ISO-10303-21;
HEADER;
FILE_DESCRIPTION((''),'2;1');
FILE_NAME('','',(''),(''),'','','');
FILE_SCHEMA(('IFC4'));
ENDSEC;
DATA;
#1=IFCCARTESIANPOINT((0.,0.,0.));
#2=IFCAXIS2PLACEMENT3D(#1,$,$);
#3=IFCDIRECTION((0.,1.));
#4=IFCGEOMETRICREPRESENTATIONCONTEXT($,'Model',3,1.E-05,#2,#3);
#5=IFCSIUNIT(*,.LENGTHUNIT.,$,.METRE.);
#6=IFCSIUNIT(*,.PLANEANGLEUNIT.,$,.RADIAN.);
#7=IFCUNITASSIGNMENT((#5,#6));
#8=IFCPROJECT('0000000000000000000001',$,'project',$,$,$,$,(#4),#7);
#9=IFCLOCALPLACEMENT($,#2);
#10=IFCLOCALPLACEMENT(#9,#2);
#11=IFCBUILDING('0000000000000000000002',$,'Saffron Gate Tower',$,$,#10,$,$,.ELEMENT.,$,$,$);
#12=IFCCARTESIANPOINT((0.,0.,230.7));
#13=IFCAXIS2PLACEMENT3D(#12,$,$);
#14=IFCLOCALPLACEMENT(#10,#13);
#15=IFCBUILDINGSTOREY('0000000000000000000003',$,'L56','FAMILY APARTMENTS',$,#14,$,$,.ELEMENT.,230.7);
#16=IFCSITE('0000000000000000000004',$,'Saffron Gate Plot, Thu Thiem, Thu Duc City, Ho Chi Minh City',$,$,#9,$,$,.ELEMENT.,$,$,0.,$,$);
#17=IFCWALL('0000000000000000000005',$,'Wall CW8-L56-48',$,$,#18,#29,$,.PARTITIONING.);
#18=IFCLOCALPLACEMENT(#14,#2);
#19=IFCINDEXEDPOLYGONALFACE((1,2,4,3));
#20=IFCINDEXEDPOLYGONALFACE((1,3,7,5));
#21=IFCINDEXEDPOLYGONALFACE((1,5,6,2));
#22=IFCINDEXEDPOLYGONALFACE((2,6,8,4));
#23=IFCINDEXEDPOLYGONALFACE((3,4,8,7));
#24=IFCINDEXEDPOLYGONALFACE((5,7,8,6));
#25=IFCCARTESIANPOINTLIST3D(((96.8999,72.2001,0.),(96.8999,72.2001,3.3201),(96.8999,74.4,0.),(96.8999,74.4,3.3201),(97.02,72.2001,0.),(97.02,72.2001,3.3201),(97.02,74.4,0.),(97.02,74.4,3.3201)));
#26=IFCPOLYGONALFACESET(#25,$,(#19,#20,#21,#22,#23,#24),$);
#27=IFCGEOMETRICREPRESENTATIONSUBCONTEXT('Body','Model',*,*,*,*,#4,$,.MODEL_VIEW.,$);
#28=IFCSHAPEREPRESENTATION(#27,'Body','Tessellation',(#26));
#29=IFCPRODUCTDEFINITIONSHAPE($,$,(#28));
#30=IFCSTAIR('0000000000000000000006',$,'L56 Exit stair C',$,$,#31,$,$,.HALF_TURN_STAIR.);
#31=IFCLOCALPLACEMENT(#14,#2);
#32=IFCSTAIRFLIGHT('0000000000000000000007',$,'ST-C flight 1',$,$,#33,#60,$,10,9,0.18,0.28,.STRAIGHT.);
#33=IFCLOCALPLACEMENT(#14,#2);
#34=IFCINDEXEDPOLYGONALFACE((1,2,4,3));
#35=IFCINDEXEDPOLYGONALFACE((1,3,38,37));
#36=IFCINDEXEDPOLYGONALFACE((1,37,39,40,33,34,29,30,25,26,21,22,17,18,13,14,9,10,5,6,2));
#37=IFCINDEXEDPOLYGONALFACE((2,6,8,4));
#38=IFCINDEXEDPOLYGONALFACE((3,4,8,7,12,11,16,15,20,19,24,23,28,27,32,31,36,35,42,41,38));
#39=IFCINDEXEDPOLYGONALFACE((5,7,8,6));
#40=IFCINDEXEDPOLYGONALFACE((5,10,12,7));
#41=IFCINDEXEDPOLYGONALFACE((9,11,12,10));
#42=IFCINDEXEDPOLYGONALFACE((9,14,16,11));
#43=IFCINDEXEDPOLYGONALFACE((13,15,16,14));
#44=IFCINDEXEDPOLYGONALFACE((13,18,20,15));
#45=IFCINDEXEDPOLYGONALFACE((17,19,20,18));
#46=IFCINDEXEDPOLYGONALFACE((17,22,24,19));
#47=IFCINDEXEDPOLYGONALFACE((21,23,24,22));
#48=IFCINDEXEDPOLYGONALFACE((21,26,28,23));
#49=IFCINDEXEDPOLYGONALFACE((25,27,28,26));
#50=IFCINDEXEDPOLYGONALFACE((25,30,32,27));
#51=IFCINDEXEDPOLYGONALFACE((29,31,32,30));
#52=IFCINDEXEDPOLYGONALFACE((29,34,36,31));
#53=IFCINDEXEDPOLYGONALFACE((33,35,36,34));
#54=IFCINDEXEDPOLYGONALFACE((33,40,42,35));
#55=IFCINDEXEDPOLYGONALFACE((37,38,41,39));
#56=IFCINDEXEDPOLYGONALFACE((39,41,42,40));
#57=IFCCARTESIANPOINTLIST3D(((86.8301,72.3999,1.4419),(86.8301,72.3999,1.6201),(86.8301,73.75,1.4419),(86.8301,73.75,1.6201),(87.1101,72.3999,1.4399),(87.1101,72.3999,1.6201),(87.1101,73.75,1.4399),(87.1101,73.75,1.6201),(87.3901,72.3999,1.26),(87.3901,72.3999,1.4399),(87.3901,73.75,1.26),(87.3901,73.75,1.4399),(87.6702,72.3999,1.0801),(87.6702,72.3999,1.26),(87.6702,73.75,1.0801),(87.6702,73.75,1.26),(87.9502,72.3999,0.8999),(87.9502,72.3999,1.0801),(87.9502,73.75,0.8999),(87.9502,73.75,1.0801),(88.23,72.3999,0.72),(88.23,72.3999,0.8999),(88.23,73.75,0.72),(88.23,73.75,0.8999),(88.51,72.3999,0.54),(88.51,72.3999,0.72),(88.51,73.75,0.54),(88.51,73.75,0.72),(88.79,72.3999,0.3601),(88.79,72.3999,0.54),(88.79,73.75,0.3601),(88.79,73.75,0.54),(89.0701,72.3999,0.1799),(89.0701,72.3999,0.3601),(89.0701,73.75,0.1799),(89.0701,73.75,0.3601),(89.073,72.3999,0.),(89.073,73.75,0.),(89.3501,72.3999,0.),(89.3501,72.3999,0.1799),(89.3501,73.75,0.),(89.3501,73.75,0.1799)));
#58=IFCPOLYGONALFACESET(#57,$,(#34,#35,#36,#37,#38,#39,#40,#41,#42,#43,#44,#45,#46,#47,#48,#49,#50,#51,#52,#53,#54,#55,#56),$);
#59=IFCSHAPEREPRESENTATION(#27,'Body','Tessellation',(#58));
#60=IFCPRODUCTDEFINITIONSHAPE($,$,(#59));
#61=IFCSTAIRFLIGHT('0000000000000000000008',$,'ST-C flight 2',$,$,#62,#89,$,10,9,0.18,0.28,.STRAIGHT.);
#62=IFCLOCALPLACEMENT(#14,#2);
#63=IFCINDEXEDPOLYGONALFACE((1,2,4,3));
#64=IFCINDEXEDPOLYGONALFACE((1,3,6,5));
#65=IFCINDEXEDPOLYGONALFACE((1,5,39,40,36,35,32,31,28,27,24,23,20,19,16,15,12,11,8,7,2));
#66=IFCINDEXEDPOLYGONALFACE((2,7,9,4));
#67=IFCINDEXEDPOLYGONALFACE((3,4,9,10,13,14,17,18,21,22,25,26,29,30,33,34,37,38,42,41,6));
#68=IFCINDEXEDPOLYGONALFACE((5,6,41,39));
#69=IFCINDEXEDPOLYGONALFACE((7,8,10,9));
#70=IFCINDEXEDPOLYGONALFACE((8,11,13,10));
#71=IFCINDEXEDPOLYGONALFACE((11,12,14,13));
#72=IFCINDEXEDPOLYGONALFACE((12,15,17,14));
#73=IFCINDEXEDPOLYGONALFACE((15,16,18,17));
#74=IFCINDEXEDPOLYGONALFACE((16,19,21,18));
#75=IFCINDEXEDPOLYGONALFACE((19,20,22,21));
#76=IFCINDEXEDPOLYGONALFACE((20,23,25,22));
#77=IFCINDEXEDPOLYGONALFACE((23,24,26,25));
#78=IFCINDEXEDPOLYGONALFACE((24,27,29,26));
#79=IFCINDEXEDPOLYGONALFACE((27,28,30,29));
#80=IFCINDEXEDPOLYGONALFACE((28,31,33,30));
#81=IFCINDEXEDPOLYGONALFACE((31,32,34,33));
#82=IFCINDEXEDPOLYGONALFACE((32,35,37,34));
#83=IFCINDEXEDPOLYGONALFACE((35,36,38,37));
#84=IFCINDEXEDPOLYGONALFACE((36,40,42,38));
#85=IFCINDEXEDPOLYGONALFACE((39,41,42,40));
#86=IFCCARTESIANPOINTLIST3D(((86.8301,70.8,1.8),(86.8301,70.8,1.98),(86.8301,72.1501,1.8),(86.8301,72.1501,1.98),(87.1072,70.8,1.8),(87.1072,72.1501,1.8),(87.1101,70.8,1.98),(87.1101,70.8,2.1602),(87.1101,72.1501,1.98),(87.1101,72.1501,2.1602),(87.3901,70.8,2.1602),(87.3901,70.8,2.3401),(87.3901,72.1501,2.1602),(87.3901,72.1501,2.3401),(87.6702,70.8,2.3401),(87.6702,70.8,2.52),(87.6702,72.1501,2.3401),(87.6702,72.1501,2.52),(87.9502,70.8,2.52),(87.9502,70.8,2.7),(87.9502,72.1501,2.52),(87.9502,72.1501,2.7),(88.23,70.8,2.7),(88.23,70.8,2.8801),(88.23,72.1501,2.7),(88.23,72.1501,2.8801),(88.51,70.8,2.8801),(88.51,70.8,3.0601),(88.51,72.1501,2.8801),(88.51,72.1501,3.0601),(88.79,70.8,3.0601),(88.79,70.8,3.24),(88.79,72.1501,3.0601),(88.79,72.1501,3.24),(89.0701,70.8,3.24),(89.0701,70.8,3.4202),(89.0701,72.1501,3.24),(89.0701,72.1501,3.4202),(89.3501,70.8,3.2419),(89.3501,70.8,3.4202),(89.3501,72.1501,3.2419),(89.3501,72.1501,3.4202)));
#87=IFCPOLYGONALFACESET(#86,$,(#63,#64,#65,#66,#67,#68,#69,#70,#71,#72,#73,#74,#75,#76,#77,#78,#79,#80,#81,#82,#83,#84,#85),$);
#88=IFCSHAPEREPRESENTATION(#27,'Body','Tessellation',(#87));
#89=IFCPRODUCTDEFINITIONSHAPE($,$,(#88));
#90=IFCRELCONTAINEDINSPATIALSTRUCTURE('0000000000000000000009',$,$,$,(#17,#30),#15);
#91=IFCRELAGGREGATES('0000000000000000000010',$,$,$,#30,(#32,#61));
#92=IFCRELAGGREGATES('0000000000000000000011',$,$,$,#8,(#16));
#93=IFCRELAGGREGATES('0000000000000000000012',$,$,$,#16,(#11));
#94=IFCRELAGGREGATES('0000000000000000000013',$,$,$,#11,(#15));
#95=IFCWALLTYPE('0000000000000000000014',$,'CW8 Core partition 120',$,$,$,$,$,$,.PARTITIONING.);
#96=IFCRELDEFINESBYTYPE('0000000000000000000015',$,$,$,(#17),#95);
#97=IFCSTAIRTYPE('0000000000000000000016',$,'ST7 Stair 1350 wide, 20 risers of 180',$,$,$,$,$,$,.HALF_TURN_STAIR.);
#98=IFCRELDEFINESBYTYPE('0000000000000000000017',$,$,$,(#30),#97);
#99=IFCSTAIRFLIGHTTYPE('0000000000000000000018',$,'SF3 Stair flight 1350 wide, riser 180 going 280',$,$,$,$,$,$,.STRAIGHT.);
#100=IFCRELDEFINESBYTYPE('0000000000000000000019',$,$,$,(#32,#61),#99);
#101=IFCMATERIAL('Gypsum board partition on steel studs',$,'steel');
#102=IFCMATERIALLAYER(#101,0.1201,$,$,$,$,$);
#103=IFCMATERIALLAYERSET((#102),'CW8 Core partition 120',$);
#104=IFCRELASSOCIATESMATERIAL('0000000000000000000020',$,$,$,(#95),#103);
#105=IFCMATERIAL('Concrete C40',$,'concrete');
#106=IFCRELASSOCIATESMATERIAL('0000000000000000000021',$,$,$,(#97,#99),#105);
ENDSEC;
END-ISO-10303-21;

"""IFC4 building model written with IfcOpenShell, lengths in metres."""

from ifc_helpers import new_model, si_unit, direction, frame, frame_2d, origin, place, context, subcontext, project, spatial, polyline, rectangle, outline, extrude, material, layer, layer_set, type_object, element, aggregate, save


model = new_model("IFC4")

# Units and contexts
model_context = context("Model", 3, precision=1e-05, world=origin(), true_north=direction((0.0, 1.0)))
body_context = subcontext(model_context, "Body", "Model", "MODEL_VIEW")
ifc_project = project(units=[si_unit("LENGTHUNIT", "METRE"), si_unit("PLANEANGLEUNIT", "RADIAN")], contexts=[model_context])

# Site, building, storey
site_placement = place(None, origin())
site = spatial("IfcSite", under=ifc_project, at=site_placement, Name="Saffron Gate Plot, Thu Thiem, Thu Duc City, Ho Chi Minh City", CompositionType="ELEMENT", RefElevation=0.0)
building_placement = place(site_placement, origin())
building = spatial("IfcBuilding", under=site, at=building_placement, Name="Saffron Gate Tower", CompositionType="ELEMENT")
storey_placement = place(building_placement, frame((0.0, 0.0, 230.7)))
storey = spatial("IfcBuildingStorey", under=building, at=storey_placement, Name="L56", Description="FAMILY APARTMENTS", CompositionType="ELEMENT", Elevation=230.7)

# Shared definitions
ifc_material_1 = material(Name="Gypsum board partition on steel studs", Category="steel")
ifc_layer_1 = layer(ifc_material_1, 0.1201)
ifc_layer_set_1 = layer_set([ifc_layer_1], Name="CW8 Core partition 120")
wall_type_1 = type_object("IfcWallType", Name="CW8 Core partition 120", PredefinedType="PARTITIONING", material=ifc_layer_set_1)

# Wall
for number, where, z_axis, x_axis, name in (
    (1, (96.96, 72.2, 0.0), (0.0, 0.0, 1.0), (0.0, 1.0, 0.0), "Wall CW8-L56-48"),
):
    element("IfcWall", number, at=place(storey_placement, frame(where, z_axis=z_axis, x_axis=x_axis)), inside=storey, type_object=wall_type_1, Name=name, PredefinedType="PARTITIONING", context=body_context, shape_type="SweptSolid", body=[
        extrude(rectangle(XDim=2.2, YDim=0.1201, at=frame_2d((1.1001, 0.0))), origin(), (0.0, 0.0, 1.0), 3.3201),
    ])

# Stair, stair flights
ifc_material_2 = material(Name="Concrete C40", Category="concrete")
stair_type = type_object("IfcStairType", Name="ST7 Stair 1350 wide, 20 risers of 180", PredefinedType="HALF_TURN_STAIR", material=ifc_material_2)
stair_placement = place(storey_placement, origin())
stair = element("IfcStair", 2, at=stair_placement, inside=storey, type_object=stair_type, Name="L56 Exit stair C", PredefinedType="HALF_TURN_STAIR")
stair_flight_type = type_object("IfcStairFlightType", Name="SF3 Stair flight 1350 wide, riser 180 going 280", PredefinedType="STRAIGHT", material=ifc_material_2)
stair_flight_1_placement = place(storey_placement, frame((89.3501, 73.075, 0.0), z_axis=(0.0, 0.0, 1.0), x_axis=(-1.0, 0.0, 0.0)))
stair_flight_1 = element("IfcStairFlight", 3, at=stair_flight_1_placement, type_object=stair_flight_type, Name="ST-C flight 1", NumberOfRisers=10, NumberOfTreads=9, PredefinedType="STRAIGHT", RiserHeight=0.18, TreadLength=0.28, context=body_context, shape_type="SweptSolid", body=[
    extrude(outline(polyline([(0.0, 0.0), (0.0, 0.1799), (0.28, 0.1799), (0.28, 0.3601), (0.5601, 0.3601), (0.5601, 0.54), (0.8401, 0.54), (0.8401, 0.72), (1.1201, 0.72), (1.1201, 0.8999), (1.3999, 0.8999), (1.3999, 1.0801), (1.6799, 1.0801), (1.6799, 1.26), (1.96, 1.26), (1.96, 1.4399), (2.24, 1.4399), (2.24, 1.6201), (2.52, 1.6201), (2.52, 1.8), (2.52, 1.4419), (0.2771, 0.0), (0.0, 0.0)])), frame((0.0, 0.675, 0.0), z_axis=(0.0, -1.0, 0.0), x_axis=(1.0, 0.0, 0.0)), (0.0, 0.0, 1.0), 1.3501),
])
stair_flight_2_placement = place(storey_placement, frame((86.8301, 71.4751, 1.8), z_axis=(0.0, 0.0, 1.0), x_axis=(1.0, 0.0, 0.0)))
stair_flight_2 = element("IfcStairFlight", 4, at=stair_flight_2_placement, type_object=stair_flight_type, Name="ST-C flight 2", NumberOfRisers=10, NumberOfTreads=9, PredefinedType="STRAIGHT", RiserHeight=0.18, TreadLength=0.28, context=body_context, shape_type="SweptSolid", body=[
    extrude(outline(polyline([(0.0, 0.0), (0.0, 0.1799), (0.28, 0.1799), (0.28, 0.3601), (0.5601, 0.3601), (0.5601, 0.54), (0.8401, 0.54), (0.8401, 0.72), (1.1201, 0.72), (1.1201, 0.8999), (1.3999, 0.8999), (1.3999, 1.0801), (1.6799, 1.0801), (1.6799, 1.26), (1.96, 1.26), (1.96, 1.4399), (2.24, 1.4399), (2.24, 1.6201), (2.52, 1.6201), (2.52, 1.8), (2.52, 1.4419), (0.2771, 0.0), (0.0, 0.0)])), frame((0.0, 0.675, 0.0), z_axis=(0.0, -1.0, 0.0), x_axis=(1.0, 0.0, 0.0)), (0.0, 0.0, 1.0), 1.3501),
])
aggregate(stair, [stair_flight_1, stair_flight_2])

save(model, "model.ifc")
